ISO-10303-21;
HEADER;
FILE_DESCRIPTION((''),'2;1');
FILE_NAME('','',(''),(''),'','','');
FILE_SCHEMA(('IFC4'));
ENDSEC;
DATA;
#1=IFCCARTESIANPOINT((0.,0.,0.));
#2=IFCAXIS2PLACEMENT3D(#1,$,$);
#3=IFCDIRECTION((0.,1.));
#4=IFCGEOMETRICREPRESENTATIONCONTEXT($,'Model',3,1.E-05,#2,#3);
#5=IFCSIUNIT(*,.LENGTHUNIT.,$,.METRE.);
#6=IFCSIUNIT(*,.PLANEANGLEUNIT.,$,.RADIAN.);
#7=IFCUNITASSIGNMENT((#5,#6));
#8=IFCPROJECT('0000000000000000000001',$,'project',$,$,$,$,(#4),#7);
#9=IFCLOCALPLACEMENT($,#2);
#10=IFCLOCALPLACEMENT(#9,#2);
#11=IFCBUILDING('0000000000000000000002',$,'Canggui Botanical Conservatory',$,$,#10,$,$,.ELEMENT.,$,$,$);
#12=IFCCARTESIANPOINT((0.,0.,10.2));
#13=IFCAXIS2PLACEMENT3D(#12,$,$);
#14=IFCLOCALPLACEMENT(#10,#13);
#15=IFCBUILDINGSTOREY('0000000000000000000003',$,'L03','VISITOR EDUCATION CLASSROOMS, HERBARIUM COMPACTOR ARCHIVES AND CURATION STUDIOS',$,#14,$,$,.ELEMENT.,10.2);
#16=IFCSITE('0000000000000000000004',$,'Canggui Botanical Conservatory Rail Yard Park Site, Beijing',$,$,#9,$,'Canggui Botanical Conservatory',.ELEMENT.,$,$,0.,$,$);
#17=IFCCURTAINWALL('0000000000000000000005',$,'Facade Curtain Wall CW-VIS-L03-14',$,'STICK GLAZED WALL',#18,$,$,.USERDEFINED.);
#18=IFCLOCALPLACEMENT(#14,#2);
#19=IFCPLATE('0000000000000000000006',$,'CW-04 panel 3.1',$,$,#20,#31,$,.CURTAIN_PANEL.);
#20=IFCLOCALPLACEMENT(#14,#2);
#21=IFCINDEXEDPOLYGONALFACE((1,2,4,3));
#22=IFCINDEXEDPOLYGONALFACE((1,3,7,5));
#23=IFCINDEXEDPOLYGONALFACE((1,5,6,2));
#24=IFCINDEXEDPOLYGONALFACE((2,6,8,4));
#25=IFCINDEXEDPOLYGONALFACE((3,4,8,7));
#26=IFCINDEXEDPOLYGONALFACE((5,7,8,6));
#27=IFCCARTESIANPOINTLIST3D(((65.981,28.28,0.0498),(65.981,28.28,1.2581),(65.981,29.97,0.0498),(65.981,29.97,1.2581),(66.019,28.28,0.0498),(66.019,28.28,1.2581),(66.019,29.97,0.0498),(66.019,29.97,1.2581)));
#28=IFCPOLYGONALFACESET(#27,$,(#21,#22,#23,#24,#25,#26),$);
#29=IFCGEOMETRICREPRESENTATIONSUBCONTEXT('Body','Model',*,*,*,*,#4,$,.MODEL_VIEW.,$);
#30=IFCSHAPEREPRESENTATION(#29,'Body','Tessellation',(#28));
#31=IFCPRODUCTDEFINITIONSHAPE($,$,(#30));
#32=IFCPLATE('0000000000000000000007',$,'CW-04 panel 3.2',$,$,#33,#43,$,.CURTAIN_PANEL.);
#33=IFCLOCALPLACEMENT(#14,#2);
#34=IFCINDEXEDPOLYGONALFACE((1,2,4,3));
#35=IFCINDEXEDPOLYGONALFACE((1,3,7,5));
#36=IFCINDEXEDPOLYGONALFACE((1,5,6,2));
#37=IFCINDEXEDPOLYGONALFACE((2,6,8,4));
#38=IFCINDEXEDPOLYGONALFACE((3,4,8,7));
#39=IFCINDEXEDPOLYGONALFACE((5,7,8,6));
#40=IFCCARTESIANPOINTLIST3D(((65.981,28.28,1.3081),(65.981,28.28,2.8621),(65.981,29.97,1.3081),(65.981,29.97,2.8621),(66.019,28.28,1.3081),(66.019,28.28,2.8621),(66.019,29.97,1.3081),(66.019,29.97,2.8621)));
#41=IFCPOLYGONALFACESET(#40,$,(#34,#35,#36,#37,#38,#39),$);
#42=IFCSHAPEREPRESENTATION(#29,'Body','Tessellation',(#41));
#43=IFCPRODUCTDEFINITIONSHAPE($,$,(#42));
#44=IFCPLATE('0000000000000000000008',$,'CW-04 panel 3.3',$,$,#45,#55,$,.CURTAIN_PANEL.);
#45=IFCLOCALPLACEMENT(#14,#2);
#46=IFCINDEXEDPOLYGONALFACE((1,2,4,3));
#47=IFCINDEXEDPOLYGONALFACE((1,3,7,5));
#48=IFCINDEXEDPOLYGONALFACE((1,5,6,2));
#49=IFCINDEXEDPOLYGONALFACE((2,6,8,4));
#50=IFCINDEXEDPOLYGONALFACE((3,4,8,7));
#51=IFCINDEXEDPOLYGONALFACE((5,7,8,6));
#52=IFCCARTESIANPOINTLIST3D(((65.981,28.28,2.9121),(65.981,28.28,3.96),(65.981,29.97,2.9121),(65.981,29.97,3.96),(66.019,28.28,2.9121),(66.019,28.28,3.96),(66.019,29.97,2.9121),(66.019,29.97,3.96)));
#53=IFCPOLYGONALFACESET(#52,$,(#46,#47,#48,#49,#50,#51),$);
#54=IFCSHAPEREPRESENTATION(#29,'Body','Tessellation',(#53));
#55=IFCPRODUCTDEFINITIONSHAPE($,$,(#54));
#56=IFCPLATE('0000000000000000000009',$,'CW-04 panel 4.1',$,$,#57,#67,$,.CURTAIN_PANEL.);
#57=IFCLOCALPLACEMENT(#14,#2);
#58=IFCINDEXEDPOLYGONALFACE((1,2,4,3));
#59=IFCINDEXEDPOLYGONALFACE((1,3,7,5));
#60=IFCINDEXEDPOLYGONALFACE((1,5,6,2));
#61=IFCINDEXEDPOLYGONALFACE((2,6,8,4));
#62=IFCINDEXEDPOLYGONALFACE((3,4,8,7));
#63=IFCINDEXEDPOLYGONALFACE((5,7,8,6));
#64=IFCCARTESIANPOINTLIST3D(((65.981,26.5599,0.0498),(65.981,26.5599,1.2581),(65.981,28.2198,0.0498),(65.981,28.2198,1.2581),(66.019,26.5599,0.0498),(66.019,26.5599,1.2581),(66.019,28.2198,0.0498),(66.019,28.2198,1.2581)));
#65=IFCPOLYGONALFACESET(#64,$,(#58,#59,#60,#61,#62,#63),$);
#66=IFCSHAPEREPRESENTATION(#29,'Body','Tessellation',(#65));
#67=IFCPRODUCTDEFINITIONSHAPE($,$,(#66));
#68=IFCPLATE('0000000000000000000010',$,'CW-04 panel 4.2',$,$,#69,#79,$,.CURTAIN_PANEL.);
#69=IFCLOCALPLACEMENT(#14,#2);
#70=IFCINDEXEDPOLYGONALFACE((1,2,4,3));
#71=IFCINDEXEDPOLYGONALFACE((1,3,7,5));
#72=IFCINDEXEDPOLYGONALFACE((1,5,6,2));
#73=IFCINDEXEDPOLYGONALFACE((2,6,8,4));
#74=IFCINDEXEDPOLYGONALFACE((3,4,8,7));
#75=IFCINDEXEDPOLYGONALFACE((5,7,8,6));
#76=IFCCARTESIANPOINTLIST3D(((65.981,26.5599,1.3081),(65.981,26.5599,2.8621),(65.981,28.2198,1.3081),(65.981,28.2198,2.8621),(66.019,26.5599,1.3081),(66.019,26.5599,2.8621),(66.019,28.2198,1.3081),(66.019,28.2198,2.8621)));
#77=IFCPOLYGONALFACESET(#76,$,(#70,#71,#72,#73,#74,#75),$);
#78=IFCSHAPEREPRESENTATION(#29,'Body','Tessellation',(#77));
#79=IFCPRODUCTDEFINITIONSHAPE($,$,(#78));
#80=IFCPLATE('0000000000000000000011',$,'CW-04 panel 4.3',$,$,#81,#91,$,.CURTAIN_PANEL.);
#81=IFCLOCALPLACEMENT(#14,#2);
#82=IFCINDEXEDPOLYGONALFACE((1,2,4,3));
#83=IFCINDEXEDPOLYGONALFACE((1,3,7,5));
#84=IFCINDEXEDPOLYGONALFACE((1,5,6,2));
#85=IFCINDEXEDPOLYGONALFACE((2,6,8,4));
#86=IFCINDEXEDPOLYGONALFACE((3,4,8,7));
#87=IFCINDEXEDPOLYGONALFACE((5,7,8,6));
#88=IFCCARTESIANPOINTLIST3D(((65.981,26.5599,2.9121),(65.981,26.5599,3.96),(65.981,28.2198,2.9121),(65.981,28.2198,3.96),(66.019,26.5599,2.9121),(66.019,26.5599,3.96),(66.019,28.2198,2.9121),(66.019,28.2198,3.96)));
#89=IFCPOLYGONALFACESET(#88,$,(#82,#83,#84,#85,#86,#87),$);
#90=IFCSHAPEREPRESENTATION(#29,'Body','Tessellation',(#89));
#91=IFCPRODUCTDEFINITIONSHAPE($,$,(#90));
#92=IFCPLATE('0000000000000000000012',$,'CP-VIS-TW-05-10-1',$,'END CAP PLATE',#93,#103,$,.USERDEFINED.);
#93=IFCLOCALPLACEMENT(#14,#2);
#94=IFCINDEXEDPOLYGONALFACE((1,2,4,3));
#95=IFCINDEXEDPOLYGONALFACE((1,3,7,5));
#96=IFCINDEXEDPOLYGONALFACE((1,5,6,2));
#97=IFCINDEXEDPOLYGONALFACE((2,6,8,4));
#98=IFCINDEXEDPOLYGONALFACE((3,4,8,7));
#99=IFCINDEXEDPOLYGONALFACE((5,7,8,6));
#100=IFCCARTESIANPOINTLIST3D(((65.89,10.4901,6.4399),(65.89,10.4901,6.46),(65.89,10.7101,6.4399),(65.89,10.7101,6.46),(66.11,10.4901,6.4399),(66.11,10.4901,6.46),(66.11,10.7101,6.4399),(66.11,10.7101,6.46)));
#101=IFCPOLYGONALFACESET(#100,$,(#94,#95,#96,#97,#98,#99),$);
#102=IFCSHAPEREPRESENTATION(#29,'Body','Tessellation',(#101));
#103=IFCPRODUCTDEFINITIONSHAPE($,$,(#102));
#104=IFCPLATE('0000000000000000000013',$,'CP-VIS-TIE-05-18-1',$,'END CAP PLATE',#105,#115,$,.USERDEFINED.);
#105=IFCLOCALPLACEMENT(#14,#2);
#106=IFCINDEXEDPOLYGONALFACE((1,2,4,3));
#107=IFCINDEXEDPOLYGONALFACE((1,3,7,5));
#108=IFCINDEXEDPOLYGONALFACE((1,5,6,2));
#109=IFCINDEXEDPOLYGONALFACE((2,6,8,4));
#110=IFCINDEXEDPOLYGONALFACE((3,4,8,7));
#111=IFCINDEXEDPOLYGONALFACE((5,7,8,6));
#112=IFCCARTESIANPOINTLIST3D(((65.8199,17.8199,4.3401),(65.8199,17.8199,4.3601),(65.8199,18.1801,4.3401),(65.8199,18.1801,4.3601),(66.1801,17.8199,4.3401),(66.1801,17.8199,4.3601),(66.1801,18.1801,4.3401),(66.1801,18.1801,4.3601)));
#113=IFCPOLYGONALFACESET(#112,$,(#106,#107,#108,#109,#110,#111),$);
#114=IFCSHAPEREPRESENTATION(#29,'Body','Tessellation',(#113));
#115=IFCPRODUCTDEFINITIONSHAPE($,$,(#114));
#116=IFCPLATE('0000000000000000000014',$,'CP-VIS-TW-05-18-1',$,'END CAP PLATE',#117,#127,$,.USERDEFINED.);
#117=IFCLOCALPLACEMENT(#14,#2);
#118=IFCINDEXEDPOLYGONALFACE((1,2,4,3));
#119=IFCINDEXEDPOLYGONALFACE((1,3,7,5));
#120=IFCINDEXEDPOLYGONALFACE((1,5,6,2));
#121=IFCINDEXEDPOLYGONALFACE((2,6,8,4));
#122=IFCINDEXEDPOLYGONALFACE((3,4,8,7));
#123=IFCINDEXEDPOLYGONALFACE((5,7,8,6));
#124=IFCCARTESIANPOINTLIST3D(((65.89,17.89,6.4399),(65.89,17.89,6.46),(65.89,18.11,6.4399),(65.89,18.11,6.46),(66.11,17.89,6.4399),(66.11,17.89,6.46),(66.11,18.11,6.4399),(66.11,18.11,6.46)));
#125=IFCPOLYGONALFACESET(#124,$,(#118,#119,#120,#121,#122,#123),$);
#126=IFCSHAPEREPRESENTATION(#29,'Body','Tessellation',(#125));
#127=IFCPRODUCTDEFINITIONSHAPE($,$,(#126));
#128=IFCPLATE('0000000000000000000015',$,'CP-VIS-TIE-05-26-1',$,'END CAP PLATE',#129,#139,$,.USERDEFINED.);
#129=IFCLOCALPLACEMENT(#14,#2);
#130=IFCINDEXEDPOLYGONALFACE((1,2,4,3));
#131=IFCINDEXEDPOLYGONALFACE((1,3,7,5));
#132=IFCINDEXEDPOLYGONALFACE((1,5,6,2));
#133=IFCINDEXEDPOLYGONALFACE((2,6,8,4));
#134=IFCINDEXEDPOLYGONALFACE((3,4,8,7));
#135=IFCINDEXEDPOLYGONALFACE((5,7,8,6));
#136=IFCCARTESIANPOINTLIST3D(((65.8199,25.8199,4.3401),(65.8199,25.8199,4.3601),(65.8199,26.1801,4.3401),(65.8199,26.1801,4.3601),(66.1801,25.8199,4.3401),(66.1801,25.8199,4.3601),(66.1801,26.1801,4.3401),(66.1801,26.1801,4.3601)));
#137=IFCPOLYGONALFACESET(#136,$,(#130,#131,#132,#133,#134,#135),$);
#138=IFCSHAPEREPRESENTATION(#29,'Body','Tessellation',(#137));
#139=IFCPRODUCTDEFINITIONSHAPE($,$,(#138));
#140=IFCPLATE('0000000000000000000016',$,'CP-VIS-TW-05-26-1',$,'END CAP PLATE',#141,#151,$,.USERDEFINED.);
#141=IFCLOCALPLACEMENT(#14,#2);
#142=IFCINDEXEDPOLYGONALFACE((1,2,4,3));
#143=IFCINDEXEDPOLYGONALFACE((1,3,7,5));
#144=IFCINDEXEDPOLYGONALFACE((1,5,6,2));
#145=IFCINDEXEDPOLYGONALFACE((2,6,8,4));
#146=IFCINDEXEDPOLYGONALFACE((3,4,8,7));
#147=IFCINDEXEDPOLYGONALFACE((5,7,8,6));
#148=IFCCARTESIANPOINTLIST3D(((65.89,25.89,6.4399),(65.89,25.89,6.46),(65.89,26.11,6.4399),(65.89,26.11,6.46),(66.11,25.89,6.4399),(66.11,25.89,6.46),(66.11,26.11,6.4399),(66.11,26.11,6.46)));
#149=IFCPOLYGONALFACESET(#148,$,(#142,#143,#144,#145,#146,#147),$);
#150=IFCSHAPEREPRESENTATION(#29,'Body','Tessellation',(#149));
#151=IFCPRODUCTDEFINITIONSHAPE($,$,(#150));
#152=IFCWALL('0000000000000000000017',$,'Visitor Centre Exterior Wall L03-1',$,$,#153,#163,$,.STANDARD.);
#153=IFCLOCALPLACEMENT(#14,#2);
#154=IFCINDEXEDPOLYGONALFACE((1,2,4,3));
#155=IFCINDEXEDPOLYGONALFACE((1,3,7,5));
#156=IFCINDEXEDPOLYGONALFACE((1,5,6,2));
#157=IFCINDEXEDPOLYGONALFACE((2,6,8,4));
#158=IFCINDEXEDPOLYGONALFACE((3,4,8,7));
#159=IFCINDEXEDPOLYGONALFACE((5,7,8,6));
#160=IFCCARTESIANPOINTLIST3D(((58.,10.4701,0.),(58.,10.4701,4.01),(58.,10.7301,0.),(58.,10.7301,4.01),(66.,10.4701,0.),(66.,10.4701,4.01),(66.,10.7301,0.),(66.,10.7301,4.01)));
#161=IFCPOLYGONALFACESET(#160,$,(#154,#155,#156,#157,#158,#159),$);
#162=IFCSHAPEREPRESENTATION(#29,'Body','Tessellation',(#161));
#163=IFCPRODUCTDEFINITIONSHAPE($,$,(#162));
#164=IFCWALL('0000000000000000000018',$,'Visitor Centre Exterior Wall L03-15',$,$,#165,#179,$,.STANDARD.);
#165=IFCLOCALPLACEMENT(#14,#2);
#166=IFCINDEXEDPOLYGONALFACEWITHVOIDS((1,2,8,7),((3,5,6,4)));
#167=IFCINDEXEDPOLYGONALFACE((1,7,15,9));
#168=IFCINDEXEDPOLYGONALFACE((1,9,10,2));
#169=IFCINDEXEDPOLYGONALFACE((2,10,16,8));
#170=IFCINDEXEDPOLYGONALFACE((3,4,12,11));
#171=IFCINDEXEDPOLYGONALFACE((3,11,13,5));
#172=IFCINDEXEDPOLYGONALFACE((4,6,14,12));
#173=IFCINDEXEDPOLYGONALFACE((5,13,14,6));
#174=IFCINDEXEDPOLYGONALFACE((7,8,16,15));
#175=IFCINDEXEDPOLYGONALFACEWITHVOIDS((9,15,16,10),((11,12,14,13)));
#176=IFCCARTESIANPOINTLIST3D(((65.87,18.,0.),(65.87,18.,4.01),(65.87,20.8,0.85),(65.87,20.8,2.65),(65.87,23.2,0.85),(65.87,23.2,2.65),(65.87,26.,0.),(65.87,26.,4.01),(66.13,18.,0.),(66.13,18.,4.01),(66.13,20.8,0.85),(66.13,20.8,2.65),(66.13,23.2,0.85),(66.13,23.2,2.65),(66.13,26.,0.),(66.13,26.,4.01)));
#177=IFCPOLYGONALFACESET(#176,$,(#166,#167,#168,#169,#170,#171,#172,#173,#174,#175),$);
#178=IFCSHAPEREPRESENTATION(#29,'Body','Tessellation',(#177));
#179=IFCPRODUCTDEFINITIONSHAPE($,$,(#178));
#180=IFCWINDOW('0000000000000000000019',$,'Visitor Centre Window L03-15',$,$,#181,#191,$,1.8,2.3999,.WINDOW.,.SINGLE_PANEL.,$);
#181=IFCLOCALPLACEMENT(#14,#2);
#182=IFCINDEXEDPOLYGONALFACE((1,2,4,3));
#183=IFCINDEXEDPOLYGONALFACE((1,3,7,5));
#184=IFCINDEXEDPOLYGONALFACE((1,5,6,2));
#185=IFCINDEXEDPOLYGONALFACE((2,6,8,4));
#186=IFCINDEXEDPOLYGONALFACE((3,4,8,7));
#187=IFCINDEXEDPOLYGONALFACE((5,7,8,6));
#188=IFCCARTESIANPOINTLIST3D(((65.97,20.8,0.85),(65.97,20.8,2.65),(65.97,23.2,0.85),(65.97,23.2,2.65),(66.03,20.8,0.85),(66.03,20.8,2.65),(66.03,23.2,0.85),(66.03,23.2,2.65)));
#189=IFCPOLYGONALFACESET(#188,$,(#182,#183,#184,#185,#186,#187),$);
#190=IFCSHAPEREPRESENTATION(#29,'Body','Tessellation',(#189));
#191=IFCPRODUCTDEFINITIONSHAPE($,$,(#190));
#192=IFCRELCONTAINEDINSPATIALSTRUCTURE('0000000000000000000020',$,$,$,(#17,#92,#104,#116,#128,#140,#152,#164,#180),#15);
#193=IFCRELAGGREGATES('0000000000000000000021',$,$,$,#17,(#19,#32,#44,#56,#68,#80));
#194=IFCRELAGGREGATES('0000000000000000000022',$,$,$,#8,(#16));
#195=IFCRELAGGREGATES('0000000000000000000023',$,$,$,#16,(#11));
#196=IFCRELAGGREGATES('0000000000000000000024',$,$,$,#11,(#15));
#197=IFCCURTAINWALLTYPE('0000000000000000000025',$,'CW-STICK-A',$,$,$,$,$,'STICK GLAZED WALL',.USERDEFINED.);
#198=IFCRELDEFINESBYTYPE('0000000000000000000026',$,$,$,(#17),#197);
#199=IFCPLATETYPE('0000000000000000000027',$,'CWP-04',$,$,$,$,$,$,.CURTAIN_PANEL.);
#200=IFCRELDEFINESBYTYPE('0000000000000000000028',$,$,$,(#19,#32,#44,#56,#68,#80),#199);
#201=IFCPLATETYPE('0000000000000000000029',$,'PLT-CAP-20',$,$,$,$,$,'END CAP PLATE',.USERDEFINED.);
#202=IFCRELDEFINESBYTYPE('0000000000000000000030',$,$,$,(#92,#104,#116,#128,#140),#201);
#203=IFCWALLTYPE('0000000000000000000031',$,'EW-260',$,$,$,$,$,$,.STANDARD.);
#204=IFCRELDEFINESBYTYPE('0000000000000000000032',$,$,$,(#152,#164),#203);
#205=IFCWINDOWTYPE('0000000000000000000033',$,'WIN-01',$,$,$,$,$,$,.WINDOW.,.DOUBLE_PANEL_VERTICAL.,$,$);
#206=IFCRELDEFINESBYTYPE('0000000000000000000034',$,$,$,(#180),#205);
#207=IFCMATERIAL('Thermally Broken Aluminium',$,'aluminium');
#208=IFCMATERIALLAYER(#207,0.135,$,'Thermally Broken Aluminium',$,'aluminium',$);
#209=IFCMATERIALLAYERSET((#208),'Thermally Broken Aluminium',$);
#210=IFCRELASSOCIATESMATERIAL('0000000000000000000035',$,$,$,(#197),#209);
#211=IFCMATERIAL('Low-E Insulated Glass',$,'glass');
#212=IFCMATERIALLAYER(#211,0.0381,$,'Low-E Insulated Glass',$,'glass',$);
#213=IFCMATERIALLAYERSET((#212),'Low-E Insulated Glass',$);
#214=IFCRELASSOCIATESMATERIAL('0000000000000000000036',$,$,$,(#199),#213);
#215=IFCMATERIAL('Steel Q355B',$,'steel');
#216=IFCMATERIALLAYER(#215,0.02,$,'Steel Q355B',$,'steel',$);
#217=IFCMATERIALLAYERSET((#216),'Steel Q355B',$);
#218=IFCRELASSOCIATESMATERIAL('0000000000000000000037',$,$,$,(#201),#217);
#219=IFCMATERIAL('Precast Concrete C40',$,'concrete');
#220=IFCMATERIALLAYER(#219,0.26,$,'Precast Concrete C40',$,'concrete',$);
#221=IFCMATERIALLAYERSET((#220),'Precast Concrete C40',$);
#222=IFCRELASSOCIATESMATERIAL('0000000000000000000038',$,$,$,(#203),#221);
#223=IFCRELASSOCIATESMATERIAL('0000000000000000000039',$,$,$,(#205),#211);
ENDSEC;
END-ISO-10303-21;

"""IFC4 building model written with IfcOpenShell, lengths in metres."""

from ifc_helpers import new_model, si_unit, direction, frame, frame_2d, origin, origin_2d, place, context, subcontext, project, spatial, rectangle, extrude, material, layer, layer_set, type_object, element, fill, aggregate, save


model = new_model("IFC4")

# Units and contexts
model_context = context("Model", 3, precision=1e-05, world=origin(), true_north=direction((0.0, 1.0)))
body_context = subcontext(model_context, "Body", "Model", "MODEL_VIEW")
ifc_project = project(units=[si_unit("LENGTHUNIT", "METRE"), si_unit("PLANEANGLEUNIT", "RADIAN")], contexts=[model_context])

# Site, building, storey
site_placement = place(None, origin())
site = spatial("IfcSite", under=ifc_project, at=site_placement, Name="Canggui Botanical Conservatory Rail Yard Park Site, Beijing", LongName="Canggui Botanical Conservatory", CompositionType="ELEMENT", RefElevation=0.0)
building_placement = place(site_placement, origin())
building = spatial("IfcBuilding", under=site, at=building_placement, Name="Canggui Botanical Conservatory", CompositionType="ELEMENT")
storey_placement = place(building_placement, frame((0.0, 0.0, 10.2)))
storey = spatial("IfcBuildingStorey", under=building, at=storey_placement, Name="L03", Description="VISITOR EDUCATION CLASSROOMS, HERBARIUM COMPACTOR ARCHIVES AND CURATION STUDIOS", CompositionType="ELEMENT", Elevation=10.2)

# Shared definitions
ifc_material_1 = material(Name="Steel Q355B", Category="steel")

# Shared definitions
ifc_material_2 = material(Name="Thermally Broken Aluminium", Category="aluminium")

# Curtain wall, plates
ifc_layer_1 = layer(ifc_material_2, 0.135, Name="Thermally Broken Aluminium", Category="aluminium")
ifc_layer_set_1 = layer_set([ifc_layer_1], Name="Thermally Broken Aluminium")
curtain_wall_type_1 = type_object("IfcCurtainWallType", Name="CW-STICK-A", ElementType="STICK GLAZED WALL", PredefinedType="USERDEFINED", material=ifc_layer_set_1)
curtain_wall_1_placement = place(storey_placement, origin())
curtain_wall_1 = element("IfcCurtainWall", 1, at=curtain_wall_1_placement, inside=storey, type_object=curtain_wall_type_1, Name="Facade Curtain Wall CW-VIS-L03-14", ObjectType="STICK GLAZED WALL", PredefinedType="USERDEFINED")
ifc_material_3 = material(Name="Low-E Insulated Glass", Category="glass")
ifc_layer_2 = layer(ifc_material_3, 0.0381, Name="Low-E Insulated Glass", Category="glass")
ifc_layer_set_2 = layer_set([ifc_layer_2], Name="Low-E Insulated Glass")
plate_type_1 = type_object("IfcPlateType", Name="CWP-04", PredefinedType="CURTAIN_PANEL", material=ifc_layer_set_2)
plate_1_placement = place(storey_placement, frame((66.0, 29.125, 0.0498), z_axis=(0.0, 0.0, 1.0), x_axis=(0.0, -1.0, 0.0)))
plate_1 = element("IfcPlate", 2, at=plate_1_placement, type_object=plate_type_1, Name="CW-04 panel 3.1", PredefinedType="CURTAIN_PANEL", context=body_context, shape_type="SweptSolid", body=[
    extrude(rectangle(XDim=1.6899, YDim=0.0381, at=origin_2d()), origin(), (0.0, 0.0, 1.0), 1.2083),
])
plate_2_placement = place(storey_placement, frame((66.0, 29.125, 1.3081), z_axis=(0.0, 0.0, 1.0), x_axis=(0.0, -1.0, 0.0)))
plate_2 = element("IfcPlate", 3, at=plate_2_placement, type_object=plate_type_1, Name="CW-04 panel 3.2", PredefinedType="CURTAIN_PANEL", context=body_context, shape_type="SweptSolid", body=[
    extrude(rectangle(XDim=1.6899, YDim=0.0381, at=origin_2d()), origin(), (0.0, 0.0, 1.0), 1.554),
])
plate_3_placement = place(storey_placement, frame((66.0, 29.125, 2.9121), z_axis=(0.0, 0.0, 1.0), x_axis=(0.0, -1.0, 0.0)))
plate_3 = element("IfcPlate", 4, at=plate_3_placement, type_object=plate_type_1, Name="CW-04 panel 3.3", PredefinedType="CURTAIN_PANEL", context=body_context, shape_type="SweptSolid", body=[
    extrude(rectangle(XDim=1.6899, YDim=0.0381, at=origin_2d()), origin(), (0.0, 0.0, 1.0), 1.0479),
])
plate_4_placement = place(storey_placement, frame((66.0, 27.3899, 0.0498), z_axis=(0.0, 0.0, 1.0), x_axis=(0.0, -1.0, 0.0)))
plate_4 = element("IfcPlate", 5, at=plate_4_placement, type_object=plate_type_1, Name="CW-04 panel 4.1", PredefinedType="CURTAIN_PANEL", context=body_context, shape_type="SweptSolid", body=[
    extrude(rectangle(XDim=1.6599, YDim=0.0381, at=origin_2d()), origin(), (0.0, 0.0, 1.0), 1.2083),
])
plate_5_placement = place(storey_placement, frame((66.0, 27.3899, 1.3081), z_axis=(0.0, 0.0, 1.0), x_axis=(0.0, -1.0, 0.0)))
plate_5 = element("IfcPlate", 6, at=plate_5_placement, type_object=plate_type_1, Name="CW-04 panel 4.2", PredefinedType="CURTAIN_PANEL", context=body_context, shape_type="SweptSolid", body=[
    extrude(rectangle(XDim=1.6599, YDim=0.0381, at=origin_2d()), origin(), (0.0, 0.0, 1.0), 1.554),
])
plate_6_placement = place(storey_placement, frame((66.0, 27.3899, 2.9121), z_axis=(0.0, 0.0, 1.0), x_axis=(0.0, -1.0, 0.0)))
plate_6 = element("IfcPlate", 7, at=plate_6_placement, type_object=plate_type_1, Name="CW-04 panel 4.3", PredefinedType="CURTAIN_PANEL", context=body_context, shape_type="SweptSolid", body=[
    extrude(rectangle(XDim=1.6599, YDim=0.0381, at=origin_2d()), origin(), (0.0, 0.0, 1.0), 1.0479),
])
aggregate(curtain_wall_1, [plate_1, plate_2, plate_3, plate_4, plate_5, plate_6])

# Plates
ifc_layer_3 = layer(ifc_material_1, 0.02, Name="Steel Q355B", Category="steel")
ifc_layer_set_3 = layer_set([ifc_layer_3], Name="Steel Q355B")
plate_type_2 = type_object("IfcPlateType", Name="PLT-CAP-20", ElementType="END CAP PLATE", PredefinedType="USERDEFINED", material=ifc_layer_set_3)
plate_7_placement = place(storey_placement, frame((66.0, 10.6001, 6.4399), z_axis=(0.0, 0.0, 1.0), x_axis=(1.0, 0.0, 0.0)))
element("IfcPlate", 8, at=plate_7_placement, inside=storey, type_object=plate_type_2, Name="CP-VIS-TW-05-10-1", ObjectType="END CAP PLATE", PredefinedType="USERDEFINED", context=body_context, shape_type="SweptSolid", body=[
    extrude(rectangle(XDim=0.22, YDim=0.22, at=origin_2d()), origin(), (0.0, 0.0, 1.0), 0.02),
])
plate_8_placement = place(storey_placement, frame((66.0, 18.0, 4.3401), z_axis=(0.0, 0.0, 1.0), x_axis=(1.0, 0.0, 0.0)))
element("IfcPlate", 9, at=plate_8_placement, inside=storey, type_object=plate_type_2, Name="CP-VIS-TIE-05-18-1", ObjectType="END CAP PLATE", PredefinedType="USERDEFINED", context=body_context, shape_type="SweptSolid", body=[
    extrude(rectangle(XDim=0.3601, YDim=0.3601, at=origin_2d()), origin(), (0.0, 0.0, 1.0), 0.02),
])
plate_9_placement = place(storey_placement, frame((66.0, 18.0, 6.4399), z_axis=(0.0, 0.0, 1.0), x_axis=(1.0, 0.0, 0.0)))
element("IfcPlate", 10, at=plate_9_placement, inside=storey, type_object=plate_type_2, Name="CP-VIS-TW-05-18-1", ObjectType="END CAP PLATE", PredefinedType="USERDEFINED", context=body_context, shape_type="SweptSolid", body=[
    extrude(rectangle(XDim=0.22, YDim=0.22, at=origin_2d()), origin(), (0.0, 0.0, 1.0), 0.02),
])
plate_10_placement = place(storey_placement, frame((66.0, 26.0, 4.3401), z_axis=(0.0, 0.0, 1.0), x_axis=(1.0, 0.0, 0.0)))
element("IfcPlate", 11, at=plate_10_placement, inside=storey, type_object=plate_type_2, Name="CP-VIS-TIE-05-26-1", ObjectType="END CAP PLATE", PredefinedType="USERDEFINED", context=body_context, shape_type="SweptSolid", body=[
    extrude(rectangle(XDim=0.3601, YDim=0.3601, at=origin_2d()), origin(), (0.0, 0.0, 1.0), 0.02),
])
plate_11_placement = place(storey_placement, frame((66.0, 26.0, 6.4399), z_axis=(0.0, 0.0, 1.0), x_axis=(1.0, 0.0, 0.0)))
element("IfcPlate", 12, at=plate_11_placement, inside=storey, type_object=plate_type_2, Name="CP-VIS-TW-05-26-1", ObjectType="END CAP PLATE", PredefinedType="USERDEFINED", context=body_context, shape_type="SweptSolid", body=[
    extrude(rectangle(XDim=0.22, YDim=0.22, at=origin_2d()), origin(), (0.0, 0.0, 1.0), 0.02),
])

# Wall
ifc_material_4 = material(Name="Precast Concrete C40", Category="concrete")
ifc_layer_4 = layer(ifc_material_4, 0.26, Name="Precast Concrete C40", Category="concrete")
ifc_layer_set_4 = layer_set([ifc_layer_4], Name="Precast Concrete C40")
wall_type_1 = type_object("IfcWallType", Name="EW-260", PredefinedType="STANDARD", material=ifc_layer_set_4)
wall_1_placement = place(storey_placement, frame((66.0, 10.6001, 0.0), z_axis=(0.0, 0.0, 1.0), x_axis=(-1.0, 0.0, 0.0)))
element("IfcWall", 13, at=wall_1_placement, inside=storey, type_object=wall_type_1, Name="Visitor Centre Exterior Wall L03-1", PredefinedType="STANDARD", context=body_context, shape_type="SweptSolid", body=[
    extrude(rectangle(XDim=8.0, YDim=0.26, at=frame_2d((4.0, 0.0))), origin(), (0.0, 0.0, 1.0), 4.01),
])

# Wall, opening, window
wall_2_placement = place(storey_placement, frame((66.0, 26.0, 0.0), z_axis=(0.0, 0.0, 1.0), x_axis=(0.0, -1.0, 0.0)))
wall_2 = element("IfcWall", 14, at=wall_2_placement, inside=storey, type_object=wall_type_1, Name="Visitor Centre Exterior Wall L03-15", PredefinedType="STANDARD", context=body_context, shape_type="SweptSolid", body=[
    extrude(rectangle(XDim=8.0, YDim=0.26, at=frame_2d((4.0, 0.0))), origin(), (0.0, 0.0, 1.0), 4.01),
])
opening_placement = place(wall_2_placement, frame((2.8, 0.0, 0.8501)))
opening = element("IfcOpeningElement", 15, at=opening_placement, cuts=wall_2, PredefinedType="OPENING", context=body_context, shape_type="SweptSolid", body=[
    extrude(rectangle(XDim=2.3999, YDim=1.8, at=frame_2d((1.2, 0.8999))), frame((0.0, 0.1401, 0.0), z_axis=(0.0, -1.0, 0.0), x_axis=(1.0, 0.0, 0.0)), (0.0, 0.0, 1.0), 0.28),
])
window_type = type_object("IfcWindowType", Name="WIN-01", PartitioningType="DOUBLE_PANEL_VERTICAL", PredefinedType="WINDOW", material=ifc_material_3)
window_placement = place(opening_placement, origin())
window = element("IfcWindow", 16, at=window_placement, inside=storey, type_object=window_type, Name="Visitor Centre Window L03-15", OverallHeight=1.8, OverallWidth=2.3999, PartitioningType="SINGLE_PANEL", PredefinedType="WINDOW", context=body_context, shape_type="SweptSolid", body=[
    extrude(rectangle(XDim=2.3999, YDim=1.8, at=frame_2d((1.2, 0.8999))), frame((0.0, 0.03, 0.0), z_axis=(0.0, -1.0, 0.0), x_axis=(1.0, 0.0, 0.0)), (0.0, 0.0, 1.0), 0.0601),
])
fill(opening, window)

save(model, "model.ifc")
